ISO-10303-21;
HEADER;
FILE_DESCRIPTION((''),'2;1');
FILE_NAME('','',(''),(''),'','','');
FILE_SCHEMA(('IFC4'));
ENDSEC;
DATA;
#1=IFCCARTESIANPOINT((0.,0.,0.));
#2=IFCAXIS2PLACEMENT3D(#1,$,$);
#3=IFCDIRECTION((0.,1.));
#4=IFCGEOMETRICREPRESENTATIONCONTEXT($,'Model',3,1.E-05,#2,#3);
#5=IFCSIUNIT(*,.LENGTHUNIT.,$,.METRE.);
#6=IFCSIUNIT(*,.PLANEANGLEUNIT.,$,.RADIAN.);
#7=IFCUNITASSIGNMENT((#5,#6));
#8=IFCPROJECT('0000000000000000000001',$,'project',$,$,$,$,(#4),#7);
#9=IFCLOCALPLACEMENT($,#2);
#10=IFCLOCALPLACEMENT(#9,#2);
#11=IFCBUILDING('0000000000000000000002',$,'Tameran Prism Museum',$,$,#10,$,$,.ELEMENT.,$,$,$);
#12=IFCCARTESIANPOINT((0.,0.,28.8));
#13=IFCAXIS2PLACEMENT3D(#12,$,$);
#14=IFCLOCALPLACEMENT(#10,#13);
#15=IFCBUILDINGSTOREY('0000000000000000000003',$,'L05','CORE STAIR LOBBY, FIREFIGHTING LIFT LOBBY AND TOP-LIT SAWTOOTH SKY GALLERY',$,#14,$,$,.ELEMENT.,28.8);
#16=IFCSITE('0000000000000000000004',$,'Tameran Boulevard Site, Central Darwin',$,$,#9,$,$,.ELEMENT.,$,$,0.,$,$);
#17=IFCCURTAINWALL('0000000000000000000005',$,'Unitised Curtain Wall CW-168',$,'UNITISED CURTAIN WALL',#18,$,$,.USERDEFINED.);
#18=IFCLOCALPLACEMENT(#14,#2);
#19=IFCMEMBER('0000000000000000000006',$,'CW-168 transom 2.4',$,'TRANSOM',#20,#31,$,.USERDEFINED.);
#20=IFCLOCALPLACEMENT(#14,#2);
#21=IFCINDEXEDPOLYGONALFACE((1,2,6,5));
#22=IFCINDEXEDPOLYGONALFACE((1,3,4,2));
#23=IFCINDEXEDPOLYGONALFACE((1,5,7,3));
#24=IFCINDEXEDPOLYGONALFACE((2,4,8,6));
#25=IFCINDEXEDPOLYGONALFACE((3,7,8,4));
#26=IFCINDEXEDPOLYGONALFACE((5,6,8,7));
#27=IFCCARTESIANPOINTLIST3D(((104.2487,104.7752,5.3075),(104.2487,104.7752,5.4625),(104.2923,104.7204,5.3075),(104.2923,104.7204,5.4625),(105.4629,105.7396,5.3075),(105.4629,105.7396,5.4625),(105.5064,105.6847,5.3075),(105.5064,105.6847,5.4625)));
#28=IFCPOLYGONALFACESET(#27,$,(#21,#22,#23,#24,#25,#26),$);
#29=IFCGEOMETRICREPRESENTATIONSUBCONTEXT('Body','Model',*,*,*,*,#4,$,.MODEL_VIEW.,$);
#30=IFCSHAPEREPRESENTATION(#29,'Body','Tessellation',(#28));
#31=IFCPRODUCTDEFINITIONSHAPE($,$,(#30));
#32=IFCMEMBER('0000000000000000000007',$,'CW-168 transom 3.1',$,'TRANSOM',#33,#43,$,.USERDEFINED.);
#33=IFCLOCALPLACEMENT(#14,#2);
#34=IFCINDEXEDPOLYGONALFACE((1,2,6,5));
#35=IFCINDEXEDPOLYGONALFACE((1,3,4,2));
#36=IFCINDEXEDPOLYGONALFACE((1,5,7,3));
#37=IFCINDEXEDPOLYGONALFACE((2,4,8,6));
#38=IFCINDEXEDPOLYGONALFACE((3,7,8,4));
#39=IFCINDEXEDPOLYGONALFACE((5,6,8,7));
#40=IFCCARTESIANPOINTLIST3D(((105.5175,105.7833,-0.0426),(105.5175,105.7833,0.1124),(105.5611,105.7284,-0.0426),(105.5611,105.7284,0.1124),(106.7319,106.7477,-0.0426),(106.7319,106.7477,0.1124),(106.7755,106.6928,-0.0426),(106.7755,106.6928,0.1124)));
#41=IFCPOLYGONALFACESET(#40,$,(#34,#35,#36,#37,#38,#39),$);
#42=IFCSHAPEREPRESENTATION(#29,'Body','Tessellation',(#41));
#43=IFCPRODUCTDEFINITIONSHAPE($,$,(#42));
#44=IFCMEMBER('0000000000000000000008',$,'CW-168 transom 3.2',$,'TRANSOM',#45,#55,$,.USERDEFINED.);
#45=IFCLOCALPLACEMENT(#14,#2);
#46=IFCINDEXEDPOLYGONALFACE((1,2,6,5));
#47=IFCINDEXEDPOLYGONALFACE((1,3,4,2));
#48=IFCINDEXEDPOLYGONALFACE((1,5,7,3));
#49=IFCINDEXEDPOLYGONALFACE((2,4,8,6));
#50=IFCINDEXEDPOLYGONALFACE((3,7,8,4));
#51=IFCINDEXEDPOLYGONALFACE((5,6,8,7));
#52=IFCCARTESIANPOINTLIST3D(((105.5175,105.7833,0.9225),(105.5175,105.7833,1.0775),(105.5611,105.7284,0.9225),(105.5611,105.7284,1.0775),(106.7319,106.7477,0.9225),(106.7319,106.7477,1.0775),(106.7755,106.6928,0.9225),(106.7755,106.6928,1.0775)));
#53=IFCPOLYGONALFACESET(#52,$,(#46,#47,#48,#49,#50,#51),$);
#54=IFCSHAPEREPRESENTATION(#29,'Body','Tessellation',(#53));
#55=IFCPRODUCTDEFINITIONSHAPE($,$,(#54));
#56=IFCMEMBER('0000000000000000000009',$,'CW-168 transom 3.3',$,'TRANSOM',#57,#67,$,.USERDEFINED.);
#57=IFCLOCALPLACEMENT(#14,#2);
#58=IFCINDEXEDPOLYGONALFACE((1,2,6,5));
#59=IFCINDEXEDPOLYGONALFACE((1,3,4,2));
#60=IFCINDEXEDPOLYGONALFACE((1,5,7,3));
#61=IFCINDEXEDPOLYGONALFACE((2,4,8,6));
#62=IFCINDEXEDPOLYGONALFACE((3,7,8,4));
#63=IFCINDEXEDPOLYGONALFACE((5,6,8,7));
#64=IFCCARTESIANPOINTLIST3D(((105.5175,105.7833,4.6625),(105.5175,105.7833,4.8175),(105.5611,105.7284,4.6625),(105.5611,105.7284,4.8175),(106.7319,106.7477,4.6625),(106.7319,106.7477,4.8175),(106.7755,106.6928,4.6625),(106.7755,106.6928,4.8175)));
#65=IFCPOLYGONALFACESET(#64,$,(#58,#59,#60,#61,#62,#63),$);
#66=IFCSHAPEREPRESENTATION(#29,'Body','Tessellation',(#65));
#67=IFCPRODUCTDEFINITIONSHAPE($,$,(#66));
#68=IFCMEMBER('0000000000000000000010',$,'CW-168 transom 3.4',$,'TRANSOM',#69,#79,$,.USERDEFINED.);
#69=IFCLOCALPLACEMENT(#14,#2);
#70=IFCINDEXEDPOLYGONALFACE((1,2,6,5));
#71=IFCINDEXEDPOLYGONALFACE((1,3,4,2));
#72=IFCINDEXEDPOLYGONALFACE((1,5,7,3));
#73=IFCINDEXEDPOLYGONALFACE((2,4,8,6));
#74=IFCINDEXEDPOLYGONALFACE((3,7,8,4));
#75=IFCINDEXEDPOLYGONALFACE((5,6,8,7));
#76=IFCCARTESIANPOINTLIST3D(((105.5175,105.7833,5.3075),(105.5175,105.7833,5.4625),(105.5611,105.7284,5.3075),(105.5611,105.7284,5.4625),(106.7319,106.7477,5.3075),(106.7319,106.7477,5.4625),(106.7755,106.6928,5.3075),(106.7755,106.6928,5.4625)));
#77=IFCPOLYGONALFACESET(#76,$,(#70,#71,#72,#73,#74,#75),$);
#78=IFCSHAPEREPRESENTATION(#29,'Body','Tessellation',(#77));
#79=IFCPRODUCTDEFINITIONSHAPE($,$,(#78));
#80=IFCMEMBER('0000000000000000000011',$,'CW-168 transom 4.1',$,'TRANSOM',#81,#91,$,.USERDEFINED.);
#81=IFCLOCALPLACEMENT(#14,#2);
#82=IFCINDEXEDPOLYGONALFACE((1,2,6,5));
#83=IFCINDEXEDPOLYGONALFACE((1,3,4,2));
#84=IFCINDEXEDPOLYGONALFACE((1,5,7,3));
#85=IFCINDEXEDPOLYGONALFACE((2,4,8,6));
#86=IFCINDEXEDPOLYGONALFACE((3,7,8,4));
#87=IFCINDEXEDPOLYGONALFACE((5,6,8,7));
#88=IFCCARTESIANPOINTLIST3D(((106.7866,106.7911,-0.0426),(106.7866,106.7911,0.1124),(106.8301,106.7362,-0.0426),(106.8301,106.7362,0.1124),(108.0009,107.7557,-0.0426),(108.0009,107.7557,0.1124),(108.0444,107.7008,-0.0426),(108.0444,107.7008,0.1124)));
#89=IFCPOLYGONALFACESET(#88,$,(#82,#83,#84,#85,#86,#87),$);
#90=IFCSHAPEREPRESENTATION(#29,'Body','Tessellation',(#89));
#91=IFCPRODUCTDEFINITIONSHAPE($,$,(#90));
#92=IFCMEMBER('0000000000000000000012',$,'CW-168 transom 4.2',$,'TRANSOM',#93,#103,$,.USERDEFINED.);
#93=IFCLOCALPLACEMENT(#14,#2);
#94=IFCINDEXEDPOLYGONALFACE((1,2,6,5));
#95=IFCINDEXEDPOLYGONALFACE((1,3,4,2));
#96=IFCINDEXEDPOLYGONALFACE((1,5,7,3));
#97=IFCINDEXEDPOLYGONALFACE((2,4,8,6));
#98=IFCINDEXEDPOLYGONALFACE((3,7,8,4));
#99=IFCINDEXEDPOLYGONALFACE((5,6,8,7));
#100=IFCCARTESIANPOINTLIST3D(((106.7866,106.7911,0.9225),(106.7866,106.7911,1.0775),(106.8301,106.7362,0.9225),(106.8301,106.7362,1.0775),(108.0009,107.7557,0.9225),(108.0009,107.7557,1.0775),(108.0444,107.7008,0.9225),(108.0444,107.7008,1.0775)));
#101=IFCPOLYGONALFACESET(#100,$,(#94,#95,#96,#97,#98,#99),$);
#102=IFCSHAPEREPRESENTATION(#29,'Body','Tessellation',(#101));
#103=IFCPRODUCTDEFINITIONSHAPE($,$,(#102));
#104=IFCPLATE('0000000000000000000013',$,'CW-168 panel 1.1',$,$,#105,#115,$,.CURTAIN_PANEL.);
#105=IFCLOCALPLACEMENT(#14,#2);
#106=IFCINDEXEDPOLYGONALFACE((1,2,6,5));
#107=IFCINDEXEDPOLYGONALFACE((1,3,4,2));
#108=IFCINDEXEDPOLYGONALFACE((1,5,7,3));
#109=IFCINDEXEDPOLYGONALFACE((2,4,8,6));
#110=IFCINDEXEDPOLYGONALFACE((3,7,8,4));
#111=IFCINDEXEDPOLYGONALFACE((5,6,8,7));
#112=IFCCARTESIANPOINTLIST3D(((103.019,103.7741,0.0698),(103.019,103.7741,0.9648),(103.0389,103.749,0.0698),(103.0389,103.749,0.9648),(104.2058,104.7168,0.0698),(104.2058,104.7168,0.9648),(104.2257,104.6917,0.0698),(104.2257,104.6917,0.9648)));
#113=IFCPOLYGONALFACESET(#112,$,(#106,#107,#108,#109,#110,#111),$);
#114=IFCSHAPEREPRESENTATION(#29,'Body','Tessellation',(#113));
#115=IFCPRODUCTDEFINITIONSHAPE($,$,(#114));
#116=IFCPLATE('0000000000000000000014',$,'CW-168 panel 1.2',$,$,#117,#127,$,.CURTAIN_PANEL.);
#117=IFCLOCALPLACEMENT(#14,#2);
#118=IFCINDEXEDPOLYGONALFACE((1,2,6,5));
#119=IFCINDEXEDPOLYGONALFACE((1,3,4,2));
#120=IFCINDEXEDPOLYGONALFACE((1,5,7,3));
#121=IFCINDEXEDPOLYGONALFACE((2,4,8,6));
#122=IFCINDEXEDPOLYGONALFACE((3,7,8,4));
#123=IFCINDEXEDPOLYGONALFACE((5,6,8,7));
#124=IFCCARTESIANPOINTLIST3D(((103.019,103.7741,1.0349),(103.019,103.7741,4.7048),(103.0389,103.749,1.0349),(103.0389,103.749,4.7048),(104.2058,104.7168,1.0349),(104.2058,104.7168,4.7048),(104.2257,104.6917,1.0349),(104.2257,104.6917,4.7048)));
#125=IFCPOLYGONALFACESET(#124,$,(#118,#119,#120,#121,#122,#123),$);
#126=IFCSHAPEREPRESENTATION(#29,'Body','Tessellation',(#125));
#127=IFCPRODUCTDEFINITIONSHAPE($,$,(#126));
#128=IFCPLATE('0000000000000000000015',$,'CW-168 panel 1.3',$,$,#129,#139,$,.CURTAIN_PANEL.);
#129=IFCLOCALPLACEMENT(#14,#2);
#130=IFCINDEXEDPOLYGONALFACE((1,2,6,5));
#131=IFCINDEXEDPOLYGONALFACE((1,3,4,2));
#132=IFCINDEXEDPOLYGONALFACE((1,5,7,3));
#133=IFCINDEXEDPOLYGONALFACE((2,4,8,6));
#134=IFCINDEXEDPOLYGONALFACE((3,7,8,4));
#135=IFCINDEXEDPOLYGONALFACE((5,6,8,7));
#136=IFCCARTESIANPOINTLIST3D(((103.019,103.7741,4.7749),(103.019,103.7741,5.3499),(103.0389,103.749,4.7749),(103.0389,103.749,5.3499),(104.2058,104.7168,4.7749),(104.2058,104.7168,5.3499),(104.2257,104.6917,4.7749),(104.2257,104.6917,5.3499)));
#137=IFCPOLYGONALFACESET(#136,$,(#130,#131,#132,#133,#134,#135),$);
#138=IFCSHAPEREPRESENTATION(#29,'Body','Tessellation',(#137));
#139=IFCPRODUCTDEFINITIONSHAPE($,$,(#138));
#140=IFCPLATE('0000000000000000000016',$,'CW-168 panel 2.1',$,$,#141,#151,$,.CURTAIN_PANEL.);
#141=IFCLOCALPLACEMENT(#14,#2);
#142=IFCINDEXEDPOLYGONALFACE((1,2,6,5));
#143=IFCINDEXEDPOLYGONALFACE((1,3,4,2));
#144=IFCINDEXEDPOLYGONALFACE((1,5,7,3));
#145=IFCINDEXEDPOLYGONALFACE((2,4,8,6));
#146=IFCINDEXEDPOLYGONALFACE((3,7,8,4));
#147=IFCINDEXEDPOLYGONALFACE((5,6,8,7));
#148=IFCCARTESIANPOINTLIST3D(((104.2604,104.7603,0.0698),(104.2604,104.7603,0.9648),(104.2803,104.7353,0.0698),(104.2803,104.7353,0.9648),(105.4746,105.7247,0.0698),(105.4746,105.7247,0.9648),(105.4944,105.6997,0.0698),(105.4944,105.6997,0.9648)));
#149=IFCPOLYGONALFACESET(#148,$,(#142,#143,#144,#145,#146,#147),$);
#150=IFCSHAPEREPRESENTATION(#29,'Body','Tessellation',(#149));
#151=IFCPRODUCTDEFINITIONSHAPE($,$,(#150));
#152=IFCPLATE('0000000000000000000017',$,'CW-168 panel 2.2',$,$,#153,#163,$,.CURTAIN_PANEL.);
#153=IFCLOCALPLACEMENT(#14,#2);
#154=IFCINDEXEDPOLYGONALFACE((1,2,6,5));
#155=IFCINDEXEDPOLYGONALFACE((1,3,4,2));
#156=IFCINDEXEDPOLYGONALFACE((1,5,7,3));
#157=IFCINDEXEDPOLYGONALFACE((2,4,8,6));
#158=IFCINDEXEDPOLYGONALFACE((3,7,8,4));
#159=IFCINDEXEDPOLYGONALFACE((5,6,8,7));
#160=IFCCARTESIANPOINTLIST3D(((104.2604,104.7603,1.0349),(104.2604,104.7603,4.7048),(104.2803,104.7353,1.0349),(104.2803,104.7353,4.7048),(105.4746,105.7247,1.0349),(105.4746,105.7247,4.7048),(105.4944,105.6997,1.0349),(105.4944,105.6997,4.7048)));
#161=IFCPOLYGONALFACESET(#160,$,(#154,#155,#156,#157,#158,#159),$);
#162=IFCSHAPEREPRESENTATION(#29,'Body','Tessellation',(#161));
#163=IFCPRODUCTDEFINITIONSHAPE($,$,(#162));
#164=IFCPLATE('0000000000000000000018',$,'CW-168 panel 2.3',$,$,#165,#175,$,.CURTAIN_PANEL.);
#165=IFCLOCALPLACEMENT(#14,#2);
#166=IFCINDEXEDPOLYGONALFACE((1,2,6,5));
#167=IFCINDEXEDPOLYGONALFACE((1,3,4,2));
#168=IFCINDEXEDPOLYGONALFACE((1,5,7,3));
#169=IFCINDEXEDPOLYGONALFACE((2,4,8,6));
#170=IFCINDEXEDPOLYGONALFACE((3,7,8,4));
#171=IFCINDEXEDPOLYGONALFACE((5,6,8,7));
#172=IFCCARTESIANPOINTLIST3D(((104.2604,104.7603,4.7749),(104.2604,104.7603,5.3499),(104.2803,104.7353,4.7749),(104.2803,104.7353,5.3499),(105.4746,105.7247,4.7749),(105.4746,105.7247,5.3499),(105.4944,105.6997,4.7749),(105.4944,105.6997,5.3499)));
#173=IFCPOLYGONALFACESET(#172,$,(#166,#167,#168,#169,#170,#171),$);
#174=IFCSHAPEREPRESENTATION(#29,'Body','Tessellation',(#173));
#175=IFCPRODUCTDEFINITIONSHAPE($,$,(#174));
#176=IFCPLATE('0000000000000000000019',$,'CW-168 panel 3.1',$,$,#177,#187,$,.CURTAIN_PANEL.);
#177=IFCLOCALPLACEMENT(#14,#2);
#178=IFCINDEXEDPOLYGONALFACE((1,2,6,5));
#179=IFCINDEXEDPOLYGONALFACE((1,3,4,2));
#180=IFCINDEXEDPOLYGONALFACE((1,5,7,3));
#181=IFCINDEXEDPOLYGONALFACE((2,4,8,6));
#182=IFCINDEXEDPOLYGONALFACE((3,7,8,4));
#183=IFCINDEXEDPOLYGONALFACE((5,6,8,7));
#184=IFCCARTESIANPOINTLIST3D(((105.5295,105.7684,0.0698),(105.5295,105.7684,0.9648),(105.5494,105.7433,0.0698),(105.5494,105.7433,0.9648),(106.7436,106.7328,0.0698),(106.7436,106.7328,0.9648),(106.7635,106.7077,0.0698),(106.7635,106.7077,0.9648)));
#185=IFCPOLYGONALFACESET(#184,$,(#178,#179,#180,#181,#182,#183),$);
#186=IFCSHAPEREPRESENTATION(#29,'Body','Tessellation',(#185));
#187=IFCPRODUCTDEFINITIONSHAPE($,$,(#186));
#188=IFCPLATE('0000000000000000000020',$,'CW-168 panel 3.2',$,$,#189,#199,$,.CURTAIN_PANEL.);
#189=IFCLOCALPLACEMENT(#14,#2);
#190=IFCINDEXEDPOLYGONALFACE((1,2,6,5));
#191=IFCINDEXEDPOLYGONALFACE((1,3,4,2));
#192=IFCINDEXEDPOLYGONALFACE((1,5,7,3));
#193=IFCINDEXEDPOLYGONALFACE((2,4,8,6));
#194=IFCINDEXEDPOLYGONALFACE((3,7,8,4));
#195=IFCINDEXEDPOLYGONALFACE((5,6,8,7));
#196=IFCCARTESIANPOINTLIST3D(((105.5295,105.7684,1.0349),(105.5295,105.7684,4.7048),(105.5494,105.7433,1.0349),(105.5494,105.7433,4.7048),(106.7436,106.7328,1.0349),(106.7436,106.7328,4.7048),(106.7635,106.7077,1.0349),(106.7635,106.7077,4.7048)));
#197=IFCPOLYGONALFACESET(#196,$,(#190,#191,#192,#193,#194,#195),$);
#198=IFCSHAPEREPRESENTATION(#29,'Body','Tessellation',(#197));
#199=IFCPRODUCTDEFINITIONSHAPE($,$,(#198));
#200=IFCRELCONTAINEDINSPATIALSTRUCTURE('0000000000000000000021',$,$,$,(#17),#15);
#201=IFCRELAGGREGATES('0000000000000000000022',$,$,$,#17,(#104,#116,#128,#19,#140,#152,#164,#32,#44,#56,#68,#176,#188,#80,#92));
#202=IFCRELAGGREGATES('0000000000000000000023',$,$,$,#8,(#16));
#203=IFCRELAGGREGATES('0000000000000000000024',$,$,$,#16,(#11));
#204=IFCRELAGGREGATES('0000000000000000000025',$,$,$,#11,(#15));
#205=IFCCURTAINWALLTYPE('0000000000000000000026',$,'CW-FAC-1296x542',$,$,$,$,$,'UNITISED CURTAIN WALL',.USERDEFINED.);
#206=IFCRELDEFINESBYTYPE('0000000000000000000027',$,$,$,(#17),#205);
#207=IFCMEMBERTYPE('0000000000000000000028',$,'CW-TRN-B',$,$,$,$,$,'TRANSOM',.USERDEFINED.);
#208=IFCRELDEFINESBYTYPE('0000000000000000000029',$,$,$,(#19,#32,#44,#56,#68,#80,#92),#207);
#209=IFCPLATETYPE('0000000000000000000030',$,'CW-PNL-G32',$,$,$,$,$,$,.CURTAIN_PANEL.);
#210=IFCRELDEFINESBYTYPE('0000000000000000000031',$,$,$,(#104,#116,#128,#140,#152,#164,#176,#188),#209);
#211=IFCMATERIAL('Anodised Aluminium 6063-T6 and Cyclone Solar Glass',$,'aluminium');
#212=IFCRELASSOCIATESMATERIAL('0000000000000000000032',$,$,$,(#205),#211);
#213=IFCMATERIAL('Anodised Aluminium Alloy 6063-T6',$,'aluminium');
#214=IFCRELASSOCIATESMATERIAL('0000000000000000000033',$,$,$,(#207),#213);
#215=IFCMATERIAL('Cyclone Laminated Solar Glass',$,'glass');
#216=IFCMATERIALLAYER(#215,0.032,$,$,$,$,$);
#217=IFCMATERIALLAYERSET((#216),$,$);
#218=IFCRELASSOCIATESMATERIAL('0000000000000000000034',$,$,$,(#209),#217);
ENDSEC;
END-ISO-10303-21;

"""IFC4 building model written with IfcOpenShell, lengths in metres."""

from ifc_helpers import new_model, si_unit, direction, frame, origin, origin_2d, place, context, subcontext, project, spatial, rectangle, extrude, material, layer, layer_set, material_profile, profile_set, type_object, element, aggregate, save


model = new_model("IFC4")

# Units and contexts
model_context = context("Model", 3, precision=1e-05, world=origin(), true_north=direction((0.0, 1.0)))
body_context = subcontext(model_context, "Body", "Model", "MODEL_VIEW")
ifc_project = project(units=[si_unit("LENGTHUNIT", "METRE"), si_unit("PLANEANGLEUNIT", "RADIAN")], contexts=[model_context])

# Site, building, storey
site_placement = place(None, origin())
site = spatial("IfcSite", under=ifc_project, at=site_placement, Name="Tameran Boulevard Site, Central Darwin", CompositionType="ELEMENT", RefElevation=0.0)
building_placement = place(site_placement, origin())
building = spatial("IfcBuilding", under=site, at=building_placement, Name="Tameran Prism Museum", CompositionType="ELEMENT")
storey_placement = place(building_placement, frame((0.0, 0.0, 28.8)))
storey = spatial("IfcBuildingStorey", under=building, at=storey_placement, Name="L05", Description="CORE STAIR LOBBY, FIREFIGHTING LIFT LOBBY AND TOP-LIT SAWTOOTH SKY GALLERY", CompositionType="ELEMENT", Elevation=28.8)

# Curtain wall, members, plates
ifc_material_1 = material(Name="Anodised Aluminium 6063-T6 and Cyclone Solar Glass", Category="aluminium")
curtain_wall_type = type_object("IfcCurtainWallType", Name="CW-FAC-1296x542", ElementType="UNITISED CURTAIN WALL", PredefinedType="USERDEFINED", material=ifc_material_1)
curtain_wall_placement = place(storey_placement, origin())
curtain_wall = element("IfcCurtainWall", 1, at=curtain_wall_placement, inside=storey, type_object=curtain_wall_type, Name="Unitised Curtain Wall CW-168", ObjectType="UNITISED CURTAIN WALL", PredefinedType="USERDEFINED")
ifc_material_2 = material(Name="Anodised Aluminium Alloy 6063-T6", Category="aluminium")
ifc_material_profile_1 = material_profile(ifc_material_2, rectangle(XDim=0.0701, YDim=0.155, at=origin_2d()))
ifc_profile_set_1 = profile_set([ifc_material_profile_1])
member_type_1 = type_object("IfcMemberType", Name="CW-TRN-B", ElementType="TRANSOM", PredefinedType="USERDEFINED", material=ifc_profile_set_1)
member_1_placement = place(storey_placement, frame((104.2705, 104.7478, 5.385), z_axis=(0.783045, 0.621965, 0.0), x_axis=(-0.621965, 0.783045, 0.0)))
member_1 = element("IfcMember", 2, at=member_1_placement, type_object=member_type_1, Name="CW-168 transom 2.4", ObjectType="TRANSOM", PredefinedType="USERDEFINED", context=body_context, shape_type="SweptSolid", body=[
    extrude(rectangle(XDim=0.0701, YDim=0.155, at=origin_2d()), origin(), (0.0, 0.0, 1.0), 1.5505),
])
member_2_placement = place(storey_placement, frame((105.5393, 105.7559, 0.0349), z_axis=(0.783106, 0.621888, 0.0), x_axis=(-0.621888, 0.783106, 0.0)))
member_2 = element("IfcMember", 3, at=member_2_placement, type_object=member_type_1, Name="CW-168 transom 3.1", ObjectType="TRANSOM", PredefinedType="USERDEFINED", context=body_context, shape_type="SweptSolid", body=[
    extrude(rectangle(XDim=0.0701, YDim=0.155, at=origin_2d()), origin(), (0.0, 0.0, 1.0), 1.5508),
])
member_3_placement = place(storey_placement, frame((105.5393, 105.7559, 1.0), z_axis=(0.783106, 0.621888, 0.0), x_axis=(-0.621888, 0.783106, 0.0)))
member_3 = element("IfcMember", 4, at=member_3_placement, type_object=member_type_1, Name="CW-168 transom 3.2", ObjectType="TRANSOM", PredefinedType="USERDEFINED", context=body_context, shape_type="SweptSolid", body=[
    extrude(rectangle(XDim=0.0701, YDim=0.155, at=origin_2d()), origin(), (0.0, 0.0, 1.0), 1.5508),
])
member_4_placement = place(storey_placement, frame((105.5393, 105.7559, 4.74), z_axis=(0.783106, 0.621888, 0.0), x_axis=(-0.621888, 0.783106, 0.0)))
member_4 = element("IfcMember", 5, at=member_4_placement, type_object=member_type_1, Name="CW-168 transom 3.3", ObjectType="TRANSOM", PredefinedType="USERDEFINED", context=body_context, shape_type="SweptSolid", body=[
    extrude(rectangle(XDim=0.0701, YDim=0.155, at=origin_2d()), origin(), (0.0, 0.0, 1.0), 1.5508),
])
member_5_placement = place(storey_placement, frame((105.5393, 105.7559, 5.385), z_axis=(0.783106, 0.621888, 0.0), x_axis=(-0.621888, 0.783106, 0.0)))
member_5 = element("IfcMember", 6, at=member_5_placement, type_object=member_type_1, Name="CW-168 transom 3.4", ObjectType="TRANSOM", PredefinedType="USERDEFINED", context=body_context, shape_type="SweptSolid", body=[
    extrude(rectangle(XDim=0.0701, YDim=0.155, at=origin_2d()), origin(), (0.0, 0.0, 1.0), 1.5508),
])
member_6_placement = place(storey_placement, frame((106.8083, 106.7637, 0.0349), z_axis=(0.78303, 0.621984, 0.0), x_axis=(-0.621984, 0.78303, 0.0)))
member_6 = element("IfcMember", 7, at=member_6_placement, type_object=member_type_1, Name="CW-168 transom 4.1", ObjectType="TRANSOM", PredefinedType="USERDEFINED", context=body_context, shape_type="SweptSolid", body=[
    extrude(rectangle(XDim=0.0701, YDim=0.155, at=origin_2d()), origin(), (0.0, 0.0, 1.0), 1.5508),
])
member_7_placement = place(storey_placement, frame((106.8083, 106.7637, 1.0), z_axis=(0.78303, 0.621984, 0.0), x_axis=(-0.621984, 0.78303, 0.0)))
member_7 = element("IfcMember", 8, at=member_7_placement, type_object=member_type_1, Name="CW-168 transom 4.2", ObjectType="TRANSOM", PredefinedType="USERDEFINED", context=body_context, shape_type="SweptSolid", body=[
    extrude(rectangle(XDim=0.0701, YDim=0.155, at=origin_2d()), origin(), (0.0, 0.0, 1.0), 1.5508),
])
ifc_material_3 = material(Name="Cyclone Laminated Solar Glass", Category="glass")
ifc_layer_1 = layer(ifc_material_3, 0.032)
ifc_layer_set_1 = layer_set([ifc_layer_1])
plate_type = type_object("IfcPlateType", Name="CW-PNL-G32", PredefinedType="CURTAIN_PANEL", material=ifc_layer_set_1)
plate_1_placement = place(storey_placement, frame((103.6223, 104.2329, 0.0698), z_axis=(0.0, 0.0, 1.0), x_axis=(0.783031, 0.621982, 0.0)))
plate_1 = element("IfcPlate", 9, at=plate_1_placement, type_object=plate_type, Name="CW-168 panel 1.1", PredefinedType="CURTAIN_PANEL", context=body_context, shape_type="SweptSolid", body=[
    extrude(rectangle(XDim=1.5156, YDim=0.032, at=origin_2d()), origin(), (0.0, 0.0, 1.0), 0.895),
])
plate_2_placement = place(storey_placement, frame((103.6223, 104.2329, 1.0349), z_axis=(0.0, 0.0, 1.0), x_axis=(0.783031, 0.621982, 0.0)))
plate_2 = element("IfcPlate", 10, at=plate_2_placement, type_object=plate_type, Name="CW-168 panel 1.2", PredefinedType="CURTAIN_PANEL", context=body_context, shape_type="SweptSolid", body=[
    extrude(rectangle(XDim=1.5156, YDim=0.032, at=origin_2d()), origin(), (0.0, 0.0, 1.0), 3.6699),
])
plate_3_placement = place(storey_placement, frame((103.6223, 104.2329, 4.7749), z_axis=(0.0, 0.0, 1.0), x_axis=(0.783031, 0.621982, 0.0)))
plate_3 = element("IfcPlate", 11, at=plate_3_placement, type_object=plate_type, Name="CW-168 panel 1.3", PredefinedType="CURTAIN_PANEL", context=body_context, shape_type="SweptSolid", body=[
    extrude(rectangle(XDim=1.5156, YDim=0.032, at=origin_2d()), origin(), (0.0, 0.0, 1.0), 0.575),
])
plate_4_placement = place(storey_placement, frame((104.8774, 105.23, 0.0698), z_axis=(0.0, 0.0, 1.0), x_axis=(0.783031, 0.621982, 0.0)))
plate_4 = element("IfcPlate", 12, at=plate_4_placement, type_object=plate_type, Name="CW-168 panel 2.1", PredefinedType="CURTAIN_PANEL", context=body_context, shape_type="SweptSolid", body=[
    extrude(rectangle(XDim=1.5505, YDim=0.032, at=origin_2d()), origin(), (0.0, 0.0, 1.0), 0.895),
])
plate_5_placement = place(storey_placement, frame((104.8774, 105.23, 1.0349), z_axis=(0.0, 0.0, 1.0), x_axis=(0.783031, 0.621982, 0.0)))
plate_5 = element("IfcPlate", 13, at=plate_5_placement, type_object=plate_type, Name="CW-168 panel 2.2", PredefinedType="CURTAIN_PANEL", context=body_context, shape_type="SweptSolid", body=[
    extrude(rectangle(XDim=1.5505, YDim=0.032, at=origin_2d()), origin(), (0.0, 0.0, 1.0), 3.6699),
])
plate_6_placement = place(storey_placement, frame((104.8774, 105.23, 4.7749), z_axis=(0.0, 0.0, 1.0), x_axis=(0.783031, 0.621982, 0.0)))
plate_6 = element("IfcPlate", 14, at=plate_6_placement, type_object=plate_type, Name="CW-168 panel 2.3", PredefinedType="CURTAIN_PANEL", context=body_context, shape_type="SweptSolid", body=[
    extrude(rectangle(XDim=1.5505, YDim=0.032, at=origin_2d()), origin(), (0.0, 0.0, 1.0), 0.575),
])
plate_7_placement = place(storey_placement, frame((106.1465, 106.238, 0.0698), z_axis=(0.0, 0.0, 1.0), x_axis=(0.783031, 0.621982, 0.0)))
plate_7 = element("IfcPlate", 15, at=plate_7_placement, type_object=plate_type, Name="CW-168 panel 3.1", PredefinedType="CURTAIN_PANEL", context=body_context, shape_type="SweptSolid", body=[
    extrude(rectangle(XDim=1.5505, YDim=0.032, at=origin_2d()), origin(), (0.0, 0.0, 1.0), 0.895),
])
plate_8_placement = place(storey_placement, frame((106.1465, 106.238, 1.0349), z_axis=(0.0, 0.0, 1.0), x_axis=(0.783031, 0.621982, 0.0)))
plate_8 = element("IfcPlate", 16, at=plate_8_placement, type_object=plate_type, Name="CW-168 panel 3.2", PredefinedType="CURTAIN_PANEL", context=body_context, shape_type="SweptSolid", body=[
    extrude(rectangle(XDim=1.5505, YDim=0.032, at=origin_2d()), origin(), (0.0, 0.0, 1.0), 3.6699),
])
aggregate(curtain_wall, [plate_1, plate_2, plate_3, member_1, plate_4, plate_5, plate_6, member_2, member_3, member_4, member_5, plate_7, plate_8, member_6, member_7])

save(model, "model.ifc")
